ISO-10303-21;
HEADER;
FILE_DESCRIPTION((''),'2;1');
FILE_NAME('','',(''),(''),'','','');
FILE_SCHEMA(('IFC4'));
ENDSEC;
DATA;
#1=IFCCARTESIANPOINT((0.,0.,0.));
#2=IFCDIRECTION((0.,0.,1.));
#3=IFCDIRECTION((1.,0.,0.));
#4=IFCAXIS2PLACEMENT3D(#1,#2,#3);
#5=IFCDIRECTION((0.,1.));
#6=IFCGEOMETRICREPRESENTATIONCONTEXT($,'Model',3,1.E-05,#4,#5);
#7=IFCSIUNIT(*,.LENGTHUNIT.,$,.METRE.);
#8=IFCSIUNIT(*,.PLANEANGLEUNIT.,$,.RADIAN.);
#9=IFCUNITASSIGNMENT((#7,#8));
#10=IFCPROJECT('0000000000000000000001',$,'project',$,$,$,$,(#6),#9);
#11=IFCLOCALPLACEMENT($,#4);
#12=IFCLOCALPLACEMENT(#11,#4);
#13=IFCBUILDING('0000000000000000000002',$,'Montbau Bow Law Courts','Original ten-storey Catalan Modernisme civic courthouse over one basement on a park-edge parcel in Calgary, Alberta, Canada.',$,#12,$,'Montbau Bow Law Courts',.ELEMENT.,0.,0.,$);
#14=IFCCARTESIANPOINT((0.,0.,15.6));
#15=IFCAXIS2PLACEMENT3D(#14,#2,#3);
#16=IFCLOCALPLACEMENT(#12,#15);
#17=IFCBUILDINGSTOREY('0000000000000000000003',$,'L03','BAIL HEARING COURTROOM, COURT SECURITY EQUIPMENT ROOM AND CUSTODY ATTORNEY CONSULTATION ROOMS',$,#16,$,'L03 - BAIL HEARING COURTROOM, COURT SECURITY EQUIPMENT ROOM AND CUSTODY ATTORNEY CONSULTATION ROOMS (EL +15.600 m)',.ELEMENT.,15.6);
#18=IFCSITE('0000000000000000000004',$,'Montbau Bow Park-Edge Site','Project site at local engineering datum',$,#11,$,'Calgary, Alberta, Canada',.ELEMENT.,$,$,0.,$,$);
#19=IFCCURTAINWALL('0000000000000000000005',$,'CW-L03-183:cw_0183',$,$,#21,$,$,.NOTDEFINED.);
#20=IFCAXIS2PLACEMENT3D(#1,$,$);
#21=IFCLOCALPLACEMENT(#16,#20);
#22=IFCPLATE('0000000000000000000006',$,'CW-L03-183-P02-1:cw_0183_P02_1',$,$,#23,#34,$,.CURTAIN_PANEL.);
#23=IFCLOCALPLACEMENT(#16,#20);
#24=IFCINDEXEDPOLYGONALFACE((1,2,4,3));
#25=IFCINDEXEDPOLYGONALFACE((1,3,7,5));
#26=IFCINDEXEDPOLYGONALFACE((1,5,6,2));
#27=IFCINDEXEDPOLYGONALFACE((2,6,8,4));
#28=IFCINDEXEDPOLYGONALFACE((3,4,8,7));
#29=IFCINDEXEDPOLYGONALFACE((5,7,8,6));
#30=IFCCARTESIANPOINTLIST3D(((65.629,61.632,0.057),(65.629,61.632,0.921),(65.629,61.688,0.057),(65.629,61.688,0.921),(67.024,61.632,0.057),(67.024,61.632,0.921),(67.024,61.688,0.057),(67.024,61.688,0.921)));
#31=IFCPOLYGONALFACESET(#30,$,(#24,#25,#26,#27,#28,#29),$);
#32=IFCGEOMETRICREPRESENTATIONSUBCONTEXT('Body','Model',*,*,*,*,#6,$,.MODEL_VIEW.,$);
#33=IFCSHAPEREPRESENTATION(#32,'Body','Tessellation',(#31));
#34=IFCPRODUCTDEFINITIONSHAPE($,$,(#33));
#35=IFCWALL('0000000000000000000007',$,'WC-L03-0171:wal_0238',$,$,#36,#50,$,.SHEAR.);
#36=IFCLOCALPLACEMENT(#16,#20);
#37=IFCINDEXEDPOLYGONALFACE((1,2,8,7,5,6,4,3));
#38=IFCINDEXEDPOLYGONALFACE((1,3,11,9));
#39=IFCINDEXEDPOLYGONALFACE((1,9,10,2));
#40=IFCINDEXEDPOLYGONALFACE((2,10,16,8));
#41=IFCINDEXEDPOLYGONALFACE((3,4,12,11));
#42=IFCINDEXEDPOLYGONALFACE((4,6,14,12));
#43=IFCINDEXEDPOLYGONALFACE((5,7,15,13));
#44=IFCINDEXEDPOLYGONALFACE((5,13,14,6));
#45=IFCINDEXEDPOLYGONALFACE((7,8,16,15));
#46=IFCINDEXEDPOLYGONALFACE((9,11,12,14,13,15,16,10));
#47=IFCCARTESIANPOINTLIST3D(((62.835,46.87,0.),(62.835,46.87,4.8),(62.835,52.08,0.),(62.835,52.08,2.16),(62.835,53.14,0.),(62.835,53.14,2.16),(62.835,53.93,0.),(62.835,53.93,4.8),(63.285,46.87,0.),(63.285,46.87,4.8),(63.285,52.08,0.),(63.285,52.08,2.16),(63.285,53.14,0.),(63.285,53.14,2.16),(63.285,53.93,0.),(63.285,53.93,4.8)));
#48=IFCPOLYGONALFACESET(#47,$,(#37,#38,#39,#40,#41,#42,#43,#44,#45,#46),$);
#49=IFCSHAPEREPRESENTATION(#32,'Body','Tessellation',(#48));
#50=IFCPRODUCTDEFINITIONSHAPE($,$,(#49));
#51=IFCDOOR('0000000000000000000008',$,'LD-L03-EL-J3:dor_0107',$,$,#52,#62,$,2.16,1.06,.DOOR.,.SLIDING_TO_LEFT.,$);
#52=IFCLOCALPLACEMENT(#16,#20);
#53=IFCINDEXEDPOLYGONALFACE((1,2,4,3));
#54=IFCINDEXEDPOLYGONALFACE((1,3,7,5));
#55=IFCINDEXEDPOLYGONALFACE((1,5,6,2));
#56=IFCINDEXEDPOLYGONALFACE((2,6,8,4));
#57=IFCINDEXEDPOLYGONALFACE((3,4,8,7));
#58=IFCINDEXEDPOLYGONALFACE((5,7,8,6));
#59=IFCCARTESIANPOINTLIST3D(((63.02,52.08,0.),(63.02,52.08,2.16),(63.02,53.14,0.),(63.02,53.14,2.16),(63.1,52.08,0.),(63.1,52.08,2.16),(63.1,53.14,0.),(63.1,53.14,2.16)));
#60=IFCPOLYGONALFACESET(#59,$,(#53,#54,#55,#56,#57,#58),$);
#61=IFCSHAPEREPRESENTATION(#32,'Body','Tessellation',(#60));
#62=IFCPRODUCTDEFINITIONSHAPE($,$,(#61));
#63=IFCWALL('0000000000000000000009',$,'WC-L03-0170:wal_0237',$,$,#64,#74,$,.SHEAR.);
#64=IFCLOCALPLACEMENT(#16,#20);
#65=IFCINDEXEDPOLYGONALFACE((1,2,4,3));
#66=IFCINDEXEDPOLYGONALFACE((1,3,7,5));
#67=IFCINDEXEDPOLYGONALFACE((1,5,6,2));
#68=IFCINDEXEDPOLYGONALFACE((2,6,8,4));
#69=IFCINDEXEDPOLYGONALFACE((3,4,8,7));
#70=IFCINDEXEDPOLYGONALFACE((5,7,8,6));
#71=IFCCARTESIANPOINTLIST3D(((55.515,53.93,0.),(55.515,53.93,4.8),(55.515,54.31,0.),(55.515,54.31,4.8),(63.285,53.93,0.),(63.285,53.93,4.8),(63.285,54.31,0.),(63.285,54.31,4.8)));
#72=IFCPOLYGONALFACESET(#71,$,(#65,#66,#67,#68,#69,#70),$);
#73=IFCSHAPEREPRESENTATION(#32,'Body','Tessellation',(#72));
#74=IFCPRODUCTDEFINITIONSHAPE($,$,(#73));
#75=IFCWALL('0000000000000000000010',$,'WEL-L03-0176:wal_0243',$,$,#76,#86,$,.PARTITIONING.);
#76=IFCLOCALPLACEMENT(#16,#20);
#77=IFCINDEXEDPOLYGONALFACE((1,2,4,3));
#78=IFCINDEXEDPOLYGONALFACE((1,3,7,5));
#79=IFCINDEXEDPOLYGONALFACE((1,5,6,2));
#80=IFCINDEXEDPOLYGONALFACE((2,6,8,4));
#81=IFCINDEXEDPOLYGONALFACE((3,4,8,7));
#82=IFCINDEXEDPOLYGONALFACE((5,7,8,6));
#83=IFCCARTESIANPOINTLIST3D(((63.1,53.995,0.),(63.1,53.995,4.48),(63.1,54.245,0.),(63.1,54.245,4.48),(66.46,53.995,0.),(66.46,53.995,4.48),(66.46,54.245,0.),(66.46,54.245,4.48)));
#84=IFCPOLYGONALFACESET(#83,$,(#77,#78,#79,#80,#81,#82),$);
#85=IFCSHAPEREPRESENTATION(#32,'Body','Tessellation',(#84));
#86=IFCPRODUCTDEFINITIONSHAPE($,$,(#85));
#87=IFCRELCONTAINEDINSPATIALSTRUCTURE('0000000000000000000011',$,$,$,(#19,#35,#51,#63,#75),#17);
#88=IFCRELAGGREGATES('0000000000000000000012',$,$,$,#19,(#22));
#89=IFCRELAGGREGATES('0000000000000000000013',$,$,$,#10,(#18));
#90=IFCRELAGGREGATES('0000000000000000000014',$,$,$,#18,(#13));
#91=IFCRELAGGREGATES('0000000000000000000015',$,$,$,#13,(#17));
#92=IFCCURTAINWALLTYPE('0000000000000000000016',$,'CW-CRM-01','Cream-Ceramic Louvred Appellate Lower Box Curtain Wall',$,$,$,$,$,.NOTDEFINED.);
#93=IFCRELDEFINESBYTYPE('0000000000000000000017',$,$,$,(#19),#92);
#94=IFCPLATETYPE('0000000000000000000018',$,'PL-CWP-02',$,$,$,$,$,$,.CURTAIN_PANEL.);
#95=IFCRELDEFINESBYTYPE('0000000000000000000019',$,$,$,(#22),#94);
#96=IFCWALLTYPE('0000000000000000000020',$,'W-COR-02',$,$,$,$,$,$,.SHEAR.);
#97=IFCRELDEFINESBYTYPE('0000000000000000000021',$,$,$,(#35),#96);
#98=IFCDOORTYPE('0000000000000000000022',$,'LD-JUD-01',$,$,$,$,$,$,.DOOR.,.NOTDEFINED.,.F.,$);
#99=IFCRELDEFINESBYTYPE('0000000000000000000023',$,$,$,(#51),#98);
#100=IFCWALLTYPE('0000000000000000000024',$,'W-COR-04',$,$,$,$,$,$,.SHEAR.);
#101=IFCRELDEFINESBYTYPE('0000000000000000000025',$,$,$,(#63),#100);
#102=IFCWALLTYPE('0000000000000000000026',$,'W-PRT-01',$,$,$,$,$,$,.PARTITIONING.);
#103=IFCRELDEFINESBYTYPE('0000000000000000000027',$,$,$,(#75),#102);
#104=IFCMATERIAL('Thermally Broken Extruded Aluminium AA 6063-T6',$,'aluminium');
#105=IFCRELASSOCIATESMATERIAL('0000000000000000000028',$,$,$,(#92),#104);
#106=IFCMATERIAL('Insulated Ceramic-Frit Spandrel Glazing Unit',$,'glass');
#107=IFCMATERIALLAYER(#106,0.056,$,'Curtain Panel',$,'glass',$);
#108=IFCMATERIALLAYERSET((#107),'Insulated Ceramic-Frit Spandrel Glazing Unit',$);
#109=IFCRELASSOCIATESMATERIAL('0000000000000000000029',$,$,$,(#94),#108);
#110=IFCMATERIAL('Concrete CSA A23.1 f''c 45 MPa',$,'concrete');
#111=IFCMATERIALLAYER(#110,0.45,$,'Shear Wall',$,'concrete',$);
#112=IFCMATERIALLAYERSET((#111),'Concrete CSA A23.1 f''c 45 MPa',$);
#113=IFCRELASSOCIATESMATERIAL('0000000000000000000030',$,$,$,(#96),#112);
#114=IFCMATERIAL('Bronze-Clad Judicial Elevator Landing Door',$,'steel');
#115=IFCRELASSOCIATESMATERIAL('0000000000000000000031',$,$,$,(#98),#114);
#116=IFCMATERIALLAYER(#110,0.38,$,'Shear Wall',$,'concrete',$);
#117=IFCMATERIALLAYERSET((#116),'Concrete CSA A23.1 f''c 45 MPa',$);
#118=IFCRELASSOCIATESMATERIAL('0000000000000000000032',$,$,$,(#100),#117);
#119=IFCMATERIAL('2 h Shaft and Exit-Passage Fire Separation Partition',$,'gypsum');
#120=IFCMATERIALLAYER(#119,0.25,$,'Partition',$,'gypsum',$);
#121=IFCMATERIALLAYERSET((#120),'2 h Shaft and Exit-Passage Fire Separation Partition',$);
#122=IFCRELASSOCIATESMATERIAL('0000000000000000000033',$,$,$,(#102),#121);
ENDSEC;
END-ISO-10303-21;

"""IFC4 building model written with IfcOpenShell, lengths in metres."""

from ifc_helpers import new_model, si_unit, direction, frame, frame_2d, origin_with_axes, place, context, subcontext, project, spatial, rectangle, extrude, material, layer, layer_set, type_object, element, fill, aggregate, save


model = new_model("IFC4")

# Units and contexts
model_context = context("Model", 3, precision=1e-05, world=origin_with_axes(), true_north=direction((0.0, 1.0)))
body_context = subcontext(model_context, "Body", "Model", "MODEL_VIEW")
ifc_project = project(units=[si_unit("LENGTHUNIT", "METRE"), si_unit("PLANEANGLEUNIT", "RADIAN")], contexts=[model_context])

# Site, building, storey
site_placement = place(None, origin_with_axes())
site = spatial("IfcSite", under=ifc_project, at=site_placement, Name="Montbau Bow Park-Edge Site", Description="Project site at local engineering datum", LongName="Calgary, Alberta, Canada", CompositionType="ELEMENT", RefElevation=0.0)
building_placement = place(site_placement, origin_with_axes())
building = spatial("IfcBuilding", under=site, at=building_placement, Name="Montbau Bow Law Courts", Description="Original ten-storey Catalan Modernisme civic courthouse over one basement on a park-edge parcel in Calgary, Alberta, Canada.", LongName="Montbau Bow Law Courts", CompositionType="ELEMENT", ElevationOfRefHeight=0.0, ElevationOfTerrain=0.0)
storey_placement = place(building_placement, frame((0.0, 0.0, 15.6), z_axis=(0.0, 0.0, 1.0), x_axis=(1.0, 0.0, 0.0)))
storey = spatial("IfcBuildingStorey", under=building, at=storey_placement, Name="L03", Description="BAIL HEARING COURTROOM, COURT SECURITY EQUIPMENT ROOM AND CUSTODY ATTORNEY CONSULTATION ROOMS", LongName="L03 - BAIL HEARING COURTROOM, COURT SECURITY EQUIPMENT ROOM AND CUSTODY ATTORNEY CONSULTATION ROOMS (EL +15.600 m)", CompositionType="ELEMENT", Elevation=15.6)

# Curtain wall
ifc_material_1 = material(Name="Thermally Broken Extruded Aluminium AA 6063-T6", Category="aluminium")
curtain_wall_type = type_object("IfcCurtainWallType", Name="CW-CRM-01", Description="Cream-Ceramic Louvred Appellate Lower Box Curtain Wall", PredefinedType="NOTDEFINED", material=ifc_material_1)
curtain_wall_1_placement = place(None, frame((64.115, 61.66, 15.6), z_axis=(0.0, 0.0, 1.0), x_axis=(1.0, 0.0, 0.0)))
curtain_wall_1 = element("IfcCurtainWall", 1, at=curtain_wall_1_placement, inside=storey, type_object=curtain_wall_type, Name="CW-L03-183:cw_0183", PredefinedType="NOTDEFINED")

# Plate
ifc_material_2 = material(Name="Insulated Ceramic-Frit Spandrel Glazing Unit", Category="glass")
ifc_layer_1 = layer(ifc_material_2, 0.056, Name="Curtain Panel", Category="glass")
ifc_layer_set_1 = layer_set([ifc_layer_1], Name="Insulated Ceramic-Frit Spandrel Glazing Unit")
plate_type_1 = type_object("IfcPlateType", Name="PL-CWP-02", PredefinedType="CURTAIN_PANEL", material=ifc_layer_set_1)
plate_1_placement = place(None, frame((65.629, 61.66, 15.657), z_axis=(0.0, -1.0, 0.0), x_axis=(1.0, 0.0, 0.0)))
plate_1 = element("IfcPlate", 2, at=plate_1_placement, type_object=plate_type_1, Name="CW-L03-183-P02-1:cw_0183_P02_1", PredefinedType="CURTAIN_PANEL", context=body_context, shape_type="SweptSolid", body=[
    extrude(rectangle(XDim=1.395, YDim=0.864, at=frame_2d((0.6975, 0.432), x_axis=(1.0, 0.0))), frame((0.0, 0.0, -0.028), z_axis=(0.0, 0.0, 1.0), x_axis=(1.0, 0.0, 0.0)), (0.0, 0.0, 1.0), 0.056),
])
aggregate(curtain_wall_1, [plate_1])

# Wall, opening, door
ifc_material_3 = material(Name="Concrete CSA A23.1 f'c 45 MPa", Category="concrete")
ifc_layer_2 = layer(ifc_material_3, 0.45, Name="Shear Wall", Category="concrete")
ifc_layer_set_2 = layer_set([ifc_layer_2], Name="Concrete CSA A23.1 f'c 45 MPa")
wall_type_1 = type_object("IfcWallType", Name="W-COR-02", PredefinedType="SHEAR", material=ifc_layer_set_2)
wall_1_placement = place(None, frame((63.06, 46.87, 15.6), z_axis=(0.0, 0.0, 1.0), x_axis=(0.0, 1.0, 0.0)))
wall_1 = element("IfcWall", 3, at=wall_1_placement, inside=storey, type_object=wall_type_1, Name="WC-L03-0171:wal_0238", PredefinedType="SHEAR", context=body_context, shape_type="SweptSolid", body=[
    extrude(rectangle(XDim=7.06, YDim=0.45, at=frame_2d((3.53, 0.0), x_axis=(1.0, 0.0))), origin_with_axes(), (0.0, 0.0, 1.0), 4.8),
])
opening_placement = place(None, frame((63.06, 52.61, 15.6), z_axis=(0.0, 0.0, 1.0), x_axis=(0.0, 1.0, 0.0)))
opening = element("IfcOpeningElement", 4, at=opening_placement, cuts=wall_1, PredefinedType="OPENING", context=body_context, shape_type="SweptSolid", body=[
    extrude(rectangle(XDim=1.06, YDim=2.16, at=frame_2d((0.0, 1.08), x_axis=(1.0, 0.0))), frame((0.0, 0.235, 0.0), z_axis=(0.0, -1.0, 0.0), x_axis=(1.0, 0.0, 0.0)), (0.0, 0.0, 1.0), 0.47),
])
ifc_material_4 = material(Name="Bronze-Clad Judicial Elevator Landing Door", Category="steel")
door_type = type_object("IfcDoorType", Name="LD-JUD-01", OperationType="NOTDEFINED", ParameterTakesPrecedence=False, PredefinedType="DOOR", material=ifc_material_4)
door_placement = place(None, frame((63.06, 52.61, 15.6), z_axis=(0.0, 0.0, 1.0), x_axis=(0.0, 1.0, 0.0)))
door = element("IfcDoor", 5, at=door_placement, inside=storey, type_object=door_type, Name="LD-L03-EL-J3:dor_0107", OperationType="SLIDING_TO_LEFT", OverallHeight=2.16, OverallWidth=1.06, PredefinedType="DOOR", context=body_context, shape_type="SweptSolid", body=[
    extrude(rectangle(XDim=1.06, YDim=2.16, at=frame_2d((0.0, 1.08), x_axis=(1.0, 0.0))), frame((0.0, 0.04, 0.0), z_axis=(0.0, -1.0, 0.0), x_axis=(1.0, 0.0, 0.0)), (0.0, 0.0, 1.0), 0.08),
])
fill(opening, door)

# Walls
ifc_layer_3 = layer(ifc_material_3, 0.38, Name="Shear Wall", Category="concrete")
ifc_layer_set_3 = layer_set([ifc_layer_3], Name="Concrete CSA A23.1 f'c 45 MPa")
wall_type_2 = type_object("IfcWallType", Name="W-COR-04", PredefinedType="SHEAR", material=ifc_layer_set_3)
wall_2_placement = place(None, frame((63.285, 54.12, 15.6), z_axis=(0.0, 0.0, 1.0), x_axis=(-1.0, 0.0, 0.0)))
element("IfcWall", 6, at=wall_2_placement, inside=storey, type_object=wall_type_2, Name="WC-L03-0170:wal_0237", PredefinedType="SHEAR", context=body_context, shape_type="SweptSolid", body=[
    extrude(rectangle(XDim=7.77, YDim=0.38, at=frame_2d((3.885, 0.0), x_axis=(1.0, 0.0))), origin_with_axes(), (0.0, 0.0, 1.0), 4.8),
])
ifc_material_5 = material(Name="2 h Shaft and Exit-Passage Fire Separation Partition", Category="gypsum")
ifc_layer_4 = layer(ifc_material_5, 0.25, Name="Partition", Category="gypsum")
ifc_layer_set_4 = layer_set([ifc_layer_4], Name="2 h Shaft and Exit-Passage Fire Separation Partition")
wall_type_3 = type_object("IfcWallType", Name="W-PRT-01", PredefinedType="PARTITIONING", material=ifc_layer_set_4)
wall_3_placement = place(None, frame((63.1, 54.12, 15.6), z_axis=(0.0, 0.0, 1.0), x_axis=(1.0, 0.0, 0.0)))
element("IfcWall", 7, at=wall_3_placement, inside=storey, type_object=wall_type_3, Name="WEL-L03-0176:wal_0243", PredefinedType="PARTITIONING", context=body_context, shape_type="SweptSolid", body=[
    extrude(rectangle(XDim=3.36, YDim=0.25, at=frame_2d((1.68, 0.0), x_axis=(1.0, 0.0))), origin_with_axes(), (0.0, 0.0, 1.0), 4.48),
])

save(model, "model.ifc")
